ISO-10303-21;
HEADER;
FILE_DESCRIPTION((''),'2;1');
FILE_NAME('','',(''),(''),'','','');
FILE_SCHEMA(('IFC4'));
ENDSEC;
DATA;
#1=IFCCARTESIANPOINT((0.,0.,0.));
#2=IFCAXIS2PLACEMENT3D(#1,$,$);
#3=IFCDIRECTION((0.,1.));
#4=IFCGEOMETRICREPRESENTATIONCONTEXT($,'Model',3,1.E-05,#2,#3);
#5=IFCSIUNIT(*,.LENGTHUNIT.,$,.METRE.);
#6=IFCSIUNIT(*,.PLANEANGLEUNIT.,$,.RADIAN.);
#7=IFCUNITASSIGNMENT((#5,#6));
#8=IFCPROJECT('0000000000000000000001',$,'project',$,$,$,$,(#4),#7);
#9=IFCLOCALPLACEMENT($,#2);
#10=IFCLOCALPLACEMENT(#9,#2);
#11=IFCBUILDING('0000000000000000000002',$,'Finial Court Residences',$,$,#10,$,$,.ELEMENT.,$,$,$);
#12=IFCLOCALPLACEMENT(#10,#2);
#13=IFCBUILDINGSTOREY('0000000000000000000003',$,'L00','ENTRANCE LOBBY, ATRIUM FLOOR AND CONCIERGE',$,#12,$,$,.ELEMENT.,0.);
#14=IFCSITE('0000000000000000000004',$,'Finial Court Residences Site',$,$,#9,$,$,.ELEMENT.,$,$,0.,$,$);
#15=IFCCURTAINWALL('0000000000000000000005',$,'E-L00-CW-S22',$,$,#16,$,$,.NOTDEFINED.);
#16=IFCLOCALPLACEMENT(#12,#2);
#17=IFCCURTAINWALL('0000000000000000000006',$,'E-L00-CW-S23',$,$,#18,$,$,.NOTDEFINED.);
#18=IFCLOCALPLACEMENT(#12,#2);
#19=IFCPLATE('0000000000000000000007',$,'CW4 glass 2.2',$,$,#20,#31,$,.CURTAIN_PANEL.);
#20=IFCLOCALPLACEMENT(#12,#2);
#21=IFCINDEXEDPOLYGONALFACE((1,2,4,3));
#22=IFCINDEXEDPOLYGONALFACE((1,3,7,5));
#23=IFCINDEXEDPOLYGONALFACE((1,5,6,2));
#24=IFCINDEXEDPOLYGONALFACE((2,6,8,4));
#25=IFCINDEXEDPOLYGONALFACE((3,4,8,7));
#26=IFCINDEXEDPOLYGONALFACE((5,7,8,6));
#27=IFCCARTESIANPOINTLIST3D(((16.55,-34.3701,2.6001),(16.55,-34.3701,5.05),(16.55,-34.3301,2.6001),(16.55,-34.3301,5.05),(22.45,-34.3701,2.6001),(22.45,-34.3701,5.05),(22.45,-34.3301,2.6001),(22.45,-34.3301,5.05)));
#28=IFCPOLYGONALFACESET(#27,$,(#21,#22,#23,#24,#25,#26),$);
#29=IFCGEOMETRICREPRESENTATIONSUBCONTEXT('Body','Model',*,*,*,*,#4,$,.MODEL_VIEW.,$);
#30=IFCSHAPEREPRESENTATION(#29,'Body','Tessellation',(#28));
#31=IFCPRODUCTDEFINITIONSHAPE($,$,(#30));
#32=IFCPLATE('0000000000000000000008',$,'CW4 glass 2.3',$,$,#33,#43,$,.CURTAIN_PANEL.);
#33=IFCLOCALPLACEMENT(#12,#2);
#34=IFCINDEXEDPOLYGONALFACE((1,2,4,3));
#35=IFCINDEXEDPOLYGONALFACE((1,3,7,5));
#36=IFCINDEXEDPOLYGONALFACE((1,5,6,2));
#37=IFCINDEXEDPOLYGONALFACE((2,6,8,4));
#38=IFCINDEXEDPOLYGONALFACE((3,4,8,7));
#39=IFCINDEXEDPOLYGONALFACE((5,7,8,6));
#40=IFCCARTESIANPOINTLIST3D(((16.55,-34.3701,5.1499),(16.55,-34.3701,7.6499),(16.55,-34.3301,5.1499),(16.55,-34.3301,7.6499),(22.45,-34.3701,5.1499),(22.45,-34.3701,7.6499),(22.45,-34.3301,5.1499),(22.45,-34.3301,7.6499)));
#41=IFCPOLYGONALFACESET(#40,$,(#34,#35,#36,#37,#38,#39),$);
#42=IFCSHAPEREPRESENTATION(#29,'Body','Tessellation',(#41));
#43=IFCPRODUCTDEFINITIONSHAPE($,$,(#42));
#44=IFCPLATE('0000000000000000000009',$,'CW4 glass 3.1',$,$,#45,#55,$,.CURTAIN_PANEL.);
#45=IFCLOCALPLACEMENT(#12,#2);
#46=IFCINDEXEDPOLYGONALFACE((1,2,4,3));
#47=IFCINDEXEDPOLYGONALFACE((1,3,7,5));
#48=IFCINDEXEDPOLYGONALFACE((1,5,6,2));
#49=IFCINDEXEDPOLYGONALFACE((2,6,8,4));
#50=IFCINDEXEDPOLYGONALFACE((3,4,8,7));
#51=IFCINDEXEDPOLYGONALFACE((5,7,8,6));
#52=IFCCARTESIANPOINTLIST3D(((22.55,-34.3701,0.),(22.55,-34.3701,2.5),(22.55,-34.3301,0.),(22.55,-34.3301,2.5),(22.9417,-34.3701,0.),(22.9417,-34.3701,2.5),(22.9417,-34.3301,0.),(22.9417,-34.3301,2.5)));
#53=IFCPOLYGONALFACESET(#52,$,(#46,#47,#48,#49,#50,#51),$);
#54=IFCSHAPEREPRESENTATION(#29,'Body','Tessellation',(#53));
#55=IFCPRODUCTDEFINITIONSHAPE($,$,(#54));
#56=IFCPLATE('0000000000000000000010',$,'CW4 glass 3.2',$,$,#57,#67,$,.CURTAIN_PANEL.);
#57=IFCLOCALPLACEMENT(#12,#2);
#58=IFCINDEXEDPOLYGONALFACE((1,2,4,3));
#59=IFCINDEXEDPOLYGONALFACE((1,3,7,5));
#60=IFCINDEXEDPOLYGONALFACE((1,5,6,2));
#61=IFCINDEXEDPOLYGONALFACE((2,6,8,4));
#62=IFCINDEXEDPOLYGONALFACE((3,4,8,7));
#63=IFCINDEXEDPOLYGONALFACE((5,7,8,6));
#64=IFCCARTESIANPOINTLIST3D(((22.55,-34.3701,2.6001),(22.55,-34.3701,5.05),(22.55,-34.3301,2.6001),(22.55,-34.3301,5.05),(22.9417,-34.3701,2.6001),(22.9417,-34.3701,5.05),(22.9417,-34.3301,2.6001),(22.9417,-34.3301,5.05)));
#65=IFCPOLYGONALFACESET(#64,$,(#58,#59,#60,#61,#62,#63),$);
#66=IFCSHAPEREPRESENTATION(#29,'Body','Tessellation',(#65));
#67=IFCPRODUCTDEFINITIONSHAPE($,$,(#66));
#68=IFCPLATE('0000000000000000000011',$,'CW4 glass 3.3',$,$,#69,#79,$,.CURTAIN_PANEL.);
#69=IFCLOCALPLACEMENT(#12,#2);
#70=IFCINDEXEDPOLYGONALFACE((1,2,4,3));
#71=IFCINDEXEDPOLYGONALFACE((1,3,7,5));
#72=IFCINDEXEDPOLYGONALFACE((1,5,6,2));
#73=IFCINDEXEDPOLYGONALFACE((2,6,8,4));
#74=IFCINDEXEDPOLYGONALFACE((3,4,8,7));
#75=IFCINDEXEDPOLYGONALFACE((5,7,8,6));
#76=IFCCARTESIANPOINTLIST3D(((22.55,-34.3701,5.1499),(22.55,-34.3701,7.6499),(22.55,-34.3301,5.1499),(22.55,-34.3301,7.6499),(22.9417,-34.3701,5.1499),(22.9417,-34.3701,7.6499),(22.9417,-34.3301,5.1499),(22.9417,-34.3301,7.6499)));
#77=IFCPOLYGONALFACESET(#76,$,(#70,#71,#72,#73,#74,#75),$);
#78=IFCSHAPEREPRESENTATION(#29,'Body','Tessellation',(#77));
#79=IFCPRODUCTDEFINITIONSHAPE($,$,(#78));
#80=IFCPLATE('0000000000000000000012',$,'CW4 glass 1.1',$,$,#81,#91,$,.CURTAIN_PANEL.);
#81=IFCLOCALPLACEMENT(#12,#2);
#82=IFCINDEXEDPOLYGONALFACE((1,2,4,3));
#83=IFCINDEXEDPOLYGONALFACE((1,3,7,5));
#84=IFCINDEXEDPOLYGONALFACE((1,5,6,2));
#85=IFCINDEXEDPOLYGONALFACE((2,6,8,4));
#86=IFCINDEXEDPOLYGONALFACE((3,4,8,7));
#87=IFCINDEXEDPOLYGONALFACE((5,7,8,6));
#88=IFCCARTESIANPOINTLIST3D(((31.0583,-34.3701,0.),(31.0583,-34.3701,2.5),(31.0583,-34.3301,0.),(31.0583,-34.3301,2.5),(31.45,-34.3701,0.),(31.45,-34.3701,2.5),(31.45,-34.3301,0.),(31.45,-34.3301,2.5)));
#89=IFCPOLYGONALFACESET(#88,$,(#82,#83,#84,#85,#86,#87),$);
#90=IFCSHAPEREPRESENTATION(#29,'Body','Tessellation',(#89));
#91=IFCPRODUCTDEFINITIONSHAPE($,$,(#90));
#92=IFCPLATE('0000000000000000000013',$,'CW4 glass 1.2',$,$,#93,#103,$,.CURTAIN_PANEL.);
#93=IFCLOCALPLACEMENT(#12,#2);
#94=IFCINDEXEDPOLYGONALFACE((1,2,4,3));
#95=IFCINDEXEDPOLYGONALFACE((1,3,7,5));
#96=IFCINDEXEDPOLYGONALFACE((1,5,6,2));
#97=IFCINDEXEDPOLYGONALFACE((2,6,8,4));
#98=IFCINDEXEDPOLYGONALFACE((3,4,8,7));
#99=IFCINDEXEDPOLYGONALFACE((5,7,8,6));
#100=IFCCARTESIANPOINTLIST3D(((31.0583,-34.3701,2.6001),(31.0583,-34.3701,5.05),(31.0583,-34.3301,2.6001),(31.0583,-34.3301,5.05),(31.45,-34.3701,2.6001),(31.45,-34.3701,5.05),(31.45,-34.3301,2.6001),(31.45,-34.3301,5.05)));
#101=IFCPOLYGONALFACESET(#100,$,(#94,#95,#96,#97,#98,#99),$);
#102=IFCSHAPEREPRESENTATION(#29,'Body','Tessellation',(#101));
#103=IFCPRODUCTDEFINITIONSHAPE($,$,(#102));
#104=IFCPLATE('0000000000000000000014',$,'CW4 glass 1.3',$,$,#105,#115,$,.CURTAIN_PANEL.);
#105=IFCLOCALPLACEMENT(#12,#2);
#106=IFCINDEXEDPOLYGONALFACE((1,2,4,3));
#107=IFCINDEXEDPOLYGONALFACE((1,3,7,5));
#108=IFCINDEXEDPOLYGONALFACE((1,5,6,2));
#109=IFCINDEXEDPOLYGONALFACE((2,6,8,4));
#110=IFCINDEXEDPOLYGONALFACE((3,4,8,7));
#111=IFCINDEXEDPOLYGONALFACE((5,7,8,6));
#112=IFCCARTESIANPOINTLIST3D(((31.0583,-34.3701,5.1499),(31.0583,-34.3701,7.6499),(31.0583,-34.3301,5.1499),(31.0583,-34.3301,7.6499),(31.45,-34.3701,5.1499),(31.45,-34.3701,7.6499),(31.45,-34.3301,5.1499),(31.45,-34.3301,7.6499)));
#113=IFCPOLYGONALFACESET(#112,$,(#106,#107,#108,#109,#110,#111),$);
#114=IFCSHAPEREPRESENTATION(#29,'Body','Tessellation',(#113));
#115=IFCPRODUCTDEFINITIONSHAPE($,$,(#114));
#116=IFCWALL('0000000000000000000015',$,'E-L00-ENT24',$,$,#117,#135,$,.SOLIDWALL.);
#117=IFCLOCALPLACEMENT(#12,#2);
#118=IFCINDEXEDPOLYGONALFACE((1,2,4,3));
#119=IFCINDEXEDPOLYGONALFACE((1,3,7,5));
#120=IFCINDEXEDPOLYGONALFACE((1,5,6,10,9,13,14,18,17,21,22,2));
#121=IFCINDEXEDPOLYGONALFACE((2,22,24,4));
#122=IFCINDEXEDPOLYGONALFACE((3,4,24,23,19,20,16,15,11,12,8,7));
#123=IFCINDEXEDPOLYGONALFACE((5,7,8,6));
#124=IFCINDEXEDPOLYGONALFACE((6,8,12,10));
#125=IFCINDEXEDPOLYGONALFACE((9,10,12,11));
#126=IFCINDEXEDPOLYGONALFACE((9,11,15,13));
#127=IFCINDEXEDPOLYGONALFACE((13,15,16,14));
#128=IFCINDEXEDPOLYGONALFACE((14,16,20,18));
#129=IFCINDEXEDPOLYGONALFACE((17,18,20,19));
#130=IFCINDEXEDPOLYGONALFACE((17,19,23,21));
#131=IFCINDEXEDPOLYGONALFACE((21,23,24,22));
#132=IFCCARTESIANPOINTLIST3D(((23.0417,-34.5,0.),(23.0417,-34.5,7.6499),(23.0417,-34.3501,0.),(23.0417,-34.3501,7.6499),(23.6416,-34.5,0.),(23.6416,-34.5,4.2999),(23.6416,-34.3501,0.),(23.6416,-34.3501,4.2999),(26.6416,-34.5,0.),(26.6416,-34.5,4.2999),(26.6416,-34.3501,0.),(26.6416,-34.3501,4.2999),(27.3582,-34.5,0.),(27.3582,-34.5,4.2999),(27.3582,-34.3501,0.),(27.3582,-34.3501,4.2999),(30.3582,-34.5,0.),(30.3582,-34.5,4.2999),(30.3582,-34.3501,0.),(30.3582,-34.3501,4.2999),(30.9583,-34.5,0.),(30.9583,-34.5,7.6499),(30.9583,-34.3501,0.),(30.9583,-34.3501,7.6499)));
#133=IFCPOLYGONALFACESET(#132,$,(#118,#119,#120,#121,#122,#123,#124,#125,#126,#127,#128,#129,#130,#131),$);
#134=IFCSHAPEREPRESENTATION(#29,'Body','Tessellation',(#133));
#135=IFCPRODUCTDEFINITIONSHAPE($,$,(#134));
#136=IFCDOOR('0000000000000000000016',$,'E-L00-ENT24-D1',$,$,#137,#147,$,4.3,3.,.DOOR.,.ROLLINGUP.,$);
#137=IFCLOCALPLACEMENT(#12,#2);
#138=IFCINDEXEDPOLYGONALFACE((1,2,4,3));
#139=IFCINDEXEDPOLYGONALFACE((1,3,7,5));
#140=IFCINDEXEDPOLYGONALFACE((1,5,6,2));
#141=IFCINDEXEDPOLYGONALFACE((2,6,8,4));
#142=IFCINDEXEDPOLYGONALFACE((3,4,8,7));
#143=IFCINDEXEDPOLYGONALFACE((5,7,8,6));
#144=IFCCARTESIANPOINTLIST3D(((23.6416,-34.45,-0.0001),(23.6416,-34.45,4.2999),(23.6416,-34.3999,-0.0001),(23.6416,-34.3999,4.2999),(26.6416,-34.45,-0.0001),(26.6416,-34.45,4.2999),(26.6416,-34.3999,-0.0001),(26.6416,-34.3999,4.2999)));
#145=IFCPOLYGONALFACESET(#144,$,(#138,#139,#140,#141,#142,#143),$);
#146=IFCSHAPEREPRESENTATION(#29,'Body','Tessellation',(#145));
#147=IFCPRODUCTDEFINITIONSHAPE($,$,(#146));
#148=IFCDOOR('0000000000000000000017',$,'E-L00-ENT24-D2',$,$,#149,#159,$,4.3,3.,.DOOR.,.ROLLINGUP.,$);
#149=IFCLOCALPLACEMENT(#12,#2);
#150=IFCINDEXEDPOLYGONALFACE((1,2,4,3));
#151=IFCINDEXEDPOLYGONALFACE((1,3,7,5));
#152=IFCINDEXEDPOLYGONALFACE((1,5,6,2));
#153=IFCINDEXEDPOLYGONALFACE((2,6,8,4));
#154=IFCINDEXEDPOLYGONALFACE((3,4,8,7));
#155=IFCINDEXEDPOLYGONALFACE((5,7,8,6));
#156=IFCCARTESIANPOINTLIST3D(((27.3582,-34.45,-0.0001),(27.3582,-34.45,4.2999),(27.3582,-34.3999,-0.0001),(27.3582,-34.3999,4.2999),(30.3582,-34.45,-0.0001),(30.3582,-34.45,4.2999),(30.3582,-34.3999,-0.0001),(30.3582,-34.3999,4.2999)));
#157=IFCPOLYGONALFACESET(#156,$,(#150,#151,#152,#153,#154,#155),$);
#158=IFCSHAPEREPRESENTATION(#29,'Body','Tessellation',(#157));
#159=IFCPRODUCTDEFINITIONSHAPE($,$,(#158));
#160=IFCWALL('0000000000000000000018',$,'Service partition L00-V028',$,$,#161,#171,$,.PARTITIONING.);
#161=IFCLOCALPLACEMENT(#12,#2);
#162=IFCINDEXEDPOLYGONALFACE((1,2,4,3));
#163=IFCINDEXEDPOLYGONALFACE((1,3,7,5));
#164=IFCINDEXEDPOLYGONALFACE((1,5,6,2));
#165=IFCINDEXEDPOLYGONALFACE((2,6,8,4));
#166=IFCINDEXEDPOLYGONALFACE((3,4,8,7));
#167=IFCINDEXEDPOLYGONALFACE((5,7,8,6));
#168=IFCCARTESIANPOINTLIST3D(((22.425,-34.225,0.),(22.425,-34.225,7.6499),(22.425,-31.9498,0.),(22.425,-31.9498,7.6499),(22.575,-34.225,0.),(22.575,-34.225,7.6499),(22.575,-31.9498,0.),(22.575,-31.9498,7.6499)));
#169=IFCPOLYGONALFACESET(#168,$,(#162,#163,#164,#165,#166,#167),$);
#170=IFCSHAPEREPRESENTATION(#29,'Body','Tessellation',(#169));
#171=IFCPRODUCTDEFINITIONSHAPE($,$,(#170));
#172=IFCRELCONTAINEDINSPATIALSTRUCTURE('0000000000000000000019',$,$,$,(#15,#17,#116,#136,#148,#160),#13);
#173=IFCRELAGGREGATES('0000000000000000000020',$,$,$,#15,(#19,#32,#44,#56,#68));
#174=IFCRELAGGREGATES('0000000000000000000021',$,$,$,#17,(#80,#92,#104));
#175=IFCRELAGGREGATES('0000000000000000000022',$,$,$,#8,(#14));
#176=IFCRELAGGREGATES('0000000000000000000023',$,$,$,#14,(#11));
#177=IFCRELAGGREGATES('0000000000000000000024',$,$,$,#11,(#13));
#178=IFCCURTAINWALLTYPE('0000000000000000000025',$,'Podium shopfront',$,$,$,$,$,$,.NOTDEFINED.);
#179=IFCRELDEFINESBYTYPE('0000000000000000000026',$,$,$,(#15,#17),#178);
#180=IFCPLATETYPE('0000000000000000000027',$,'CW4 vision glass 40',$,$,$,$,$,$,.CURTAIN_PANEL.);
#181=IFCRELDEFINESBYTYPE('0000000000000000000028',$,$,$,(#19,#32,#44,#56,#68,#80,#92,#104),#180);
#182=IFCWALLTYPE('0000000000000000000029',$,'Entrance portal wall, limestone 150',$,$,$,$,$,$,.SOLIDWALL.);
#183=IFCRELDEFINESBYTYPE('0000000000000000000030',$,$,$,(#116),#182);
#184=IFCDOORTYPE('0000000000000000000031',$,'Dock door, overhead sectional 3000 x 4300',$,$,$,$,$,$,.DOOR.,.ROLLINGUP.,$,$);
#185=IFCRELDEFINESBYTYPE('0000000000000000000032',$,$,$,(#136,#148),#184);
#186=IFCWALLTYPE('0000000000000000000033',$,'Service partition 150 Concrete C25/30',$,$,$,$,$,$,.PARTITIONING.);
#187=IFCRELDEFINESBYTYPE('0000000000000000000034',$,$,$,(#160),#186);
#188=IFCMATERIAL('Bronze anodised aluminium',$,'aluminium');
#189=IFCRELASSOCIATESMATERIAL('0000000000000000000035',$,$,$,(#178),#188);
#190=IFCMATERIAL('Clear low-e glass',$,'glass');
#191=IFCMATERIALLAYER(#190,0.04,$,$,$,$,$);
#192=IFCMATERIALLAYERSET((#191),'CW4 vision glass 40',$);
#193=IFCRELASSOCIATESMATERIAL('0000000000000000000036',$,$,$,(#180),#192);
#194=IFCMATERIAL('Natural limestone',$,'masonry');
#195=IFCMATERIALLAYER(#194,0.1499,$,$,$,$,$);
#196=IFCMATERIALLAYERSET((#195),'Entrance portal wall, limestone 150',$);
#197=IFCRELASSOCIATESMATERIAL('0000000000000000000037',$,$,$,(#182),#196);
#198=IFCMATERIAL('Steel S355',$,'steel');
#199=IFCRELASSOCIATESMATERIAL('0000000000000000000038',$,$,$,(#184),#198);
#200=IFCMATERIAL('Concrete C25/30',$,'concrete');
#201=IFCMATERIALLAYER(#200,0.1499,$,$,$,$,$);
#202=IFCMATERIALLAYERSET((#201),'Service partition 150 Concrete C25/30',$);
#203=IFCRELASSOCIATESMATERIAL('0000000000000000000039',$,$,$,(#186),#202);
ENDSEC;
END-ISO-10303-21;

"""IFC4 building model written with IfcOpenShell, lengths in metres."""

from ifc_helpers import new_model, si_unit, direction, frame, frame_2d, origin, origin_2d, place, context, subcontext, project, spatial, rectangle, extrude, material, layer, layer_set, type_object, element, fill, aggregate, save


model = new_model("IFC4")

# Units and contexts
model_context = context("Model", 3, precision=1e-05, world=origin(), true_north=direction((0.0, 1.0)))
body_context = subcontext(model_context, "Body", "Model", "MODEL_VIEW")
ifc_project = project(units=[si_unit("LENGTHUNIT", "METRE"), si_unit("PLANEANGLEUNIT", "RADIAN")], contexts=[model_context])

# Site, building, storey
site_placement = place(None, origin())
site = spatial("IfcSite", under=ifc_project, at=site_placement, Name="Finial Court Residences Site", CompositionType="ELEMENT", RefElevation=0.0)
building_placement = place(site_placement, origin())
building = spatial("IfcBuilding", under=site, at=building_placement, Name="Finial Court Residences", CompositionType="ELEMENT")
storey_placement = place(building_placement, origin())
storey = spatial("IfcBuildingStorey", under=building, at=storey_placement, Name="L00", Description="ENTRANCE LOBBY, ATRIUM FLOOR AND CONCIERGE", CompositionType="ELEMENT", Elevation=0.0)

# Curtain walls
ifc_material_1 = material(Name="Bronze anodised aluminium", Category="aluminium")
curtain_wall_type = type_object("IfcCurtainWallType", Name="Podium shopfront", PredefinedType="NOTDEFINED", material=ifc_material_1)
curtain_wall_1_placement = place(storey_placement, origin())
curtain_wall_1 = element("IfcCurtainWall", 1, at=curtain_wall_1_placement, inside=storey, type_object=curtain_wall_type, Name="E-L00-CW-S22", PredefinedType="NOTDEFINED")
curtain_wall_2_placement = place(storey_placement, origin())
curtain_wall_2 = element("IfcCurtainWall", 2, at=curtain_wall_2_placement, inside=storey, type_object=curtain_wall_type, Name="E-L00-CW-S23", PredefinedType="NOTDEFINED")

# Plates
ifc_material_2 = material(Name="Clear low-e glass", Category="glass")
ifc_layer_1 = layer(ifc_material_2, 0.04)
ifc_layer_set_1 = layer_set([ifc_layer_1], Name="CW4 vision glass 40")
plate_type = type_object("IfcPlateType", Name="CW4 vision glass 40", PredefinedType="CURTAIN_PANEL", material=ifc_layer_set_1)
plate_1_placement = place(storey_placement, frame((19.5, -34.3501, 2.6001), z_axis=(0.0, 0.0, 1.0), x_axis=(1.0, 0.0, 0.0)))
plate_1 = element("IfcPlate", 3, at=plate_1_placement, type_object=plate_type, Name="CW4 glass 2.2", PredefinedType="CURTAIN_PANEL", context=body_context, shape_type="SweptSolid", body=[
    extrude(rectangle(XDim=5.8999, YDim=0.04, at=origin_2d()), origin(), (0.0, 0.0, 1.0), 2.45),
])
plate_2_placement = place(storey_placement, frame((19.5, -34.3501, 5.1499), z_axis=(0.0, 0.0, 1.0), x_axis=(1.0, 0.0, 0.0)))
plate_2 = element("IfcPlate", 4, at=plate_2_placement, type_object=plate_type, Name="CW4 glass 2.3", PredefinedType="CURTAIN_PANEL", context=body_context, shape_type="SweptSolid", body=[
    extrude(rectangle(XDim=5.8999, YDim=0.04, at=origin_2d()), origin(), (0.0, 0.0, 1.0), 2.5),
])
plate_3_placement = place(storey_placement, frame((22.7458, -34.3501, 0.0), z_axis=(0.0, 0.0, 1.0), x_axis=(1.0, 0.0, 0.0)))
plate_3 = element("IfcPlate", 5, at=plate_3_placement, type_object=plate_type, Name="CW4 glass 3.1", PredefinedType="CURTAIN_PANEL", context=body_context, shape_type="SweptSolid", body=[
    extrude(rectangle(XDim=0.3916, YDim=0.04, at=origin_2d()), origin(), (0.0, 0.0, 1.0), 2.5),
])
plate_4_placement = place(storey_placement, frame((22.7458, -34.3501, 2.6001), z_axis=(0.0, 0.0, 1.0), x_axis=(1.0, 0.0, 0.0)))
plate_4 = element("IfcPlate", 6, at=plate_4_placement, type_object=plate_type, Name="CW4 glass 3.2", PredefinedType="CURTAIN_PANEL", context=body_context, shape_type="SweptSolid", body=[
    extrude(rectangle(XDim=0.3916, YDim=0.04, at=origin_2d()), origin(), (0.0, 0.0, 1.0), 2.45),
])
plate_5_placement = place(storey_placement, frame((22.7458, -34.3501, 5.1499), z_axis=(0.0, 0.0, 1.0), x_axis=(1.0, 0.0, 0.0)))
plate_5 = element("IfcPlate", 7, at=plate_5_placement, type_object=plate_type, Name="CW4 glass 3.3", PredefinedType="CURTAIN_PANEL", context=body_context, shape_type="SweptSolid", body=[
    extrude(rectangle(XDim=0.3916, YDim=0.04, at=origin_2d()), origin(), (0.0, 0.0, 1.0), 2.5),
])
aggregate(curtain_wall_1, [plate_1, plate_2, plate_3, plate_4, plate_5])
plate_6_placement = place(storey_placement, frame((31.2542, -34.3501, 0.0), z_axis=(0.0, 0.0, 1.0), x_axis=(1.0, 0.0, 0.0)))
plate_6 = element("IfcPlate", 8, at=plate_6_placement, type_object=plate_type, Name="CW4 glass 1.1", PredefinedType="CURTAIN_PANEL", context=body_context, shape_type="SweptSolid", body=[
    extrude(rectangle(XDim=0.3916, YDim=0.04, at=origin_2d()), origin(), (0.0, 0.0, 1.0), 2.5),
])
plate_7_placement = place(storey_placement, frame((31.2542, -34.3501, 2.6001), z_axis=(0.0, 0.0, 1.0), x_axis=(1.0, 0.0, 0.0)))
plate_7 = element("IfcPlate", 9, at=plate_7_placement, type_object=plate_type, Name="CW4 glass 1.2", PredefinedType="CURTAIN_PANEL", context=body_context, shape_type="SweptSolid", body=[
    extrude(rectangle(XDim=0.3916, YDim=0.04, at=origin_2d()), origin(), (0.0, 0.0, 1.0), 2.45),
])
plate_8_placement = place(storey_placement, frame((31.2542, -34.3501, 5.1499), z_axis=(0.0, 0.0, 1.0), x_axis=(1.0, 0.0, 0.0)))
plate_8 = element("IfcPlate", 10, at=plate_8_placement, type_object=plate_type, Name="CW4 glass 1.3", PredefinedType="CURTAIN_PANEL", context=body_context, shape_type="SweptSolid", body=[
    extrude(rectangle(XDim=0.3916, YDim=0.04, at=origin_2d()), origin(), (0.0, 0.0, 1.0), 2.5),
])
aggregate(curtain_wall_2, [plate_6, plate_7, plate_8])

# Wall, openings, doors
ifc_material_3 = material(Name="Natural limestone", Category="masonry")
ifc_layer_2 = layer(ifc_material_3, 0.1499)
ifc_layer_set_2 = layer_set([ifc_layer_2], Name="Entrance portal wall, limestone 150")
wall_type_1 = type_object("IfcWallType", Name="Entrance portal wall, limestone 150", PredefinedType="SOLIDWALL", material=ifc_layer_set_2)
wall_1_placement = place(storey_placement, frame((30.9583, -34.425, 0.0), z_axis=(0.0, 0.0, 1.0), x_axis=(-1.0, 0.0, 0.0)))
wall_1 = element("IfcWall", 11, at=wall_1_placement, inside=storey, type_object=wall_type_1, Name="E-L00-ENT24", PredefinedType="SOLIDWALL", context=body_context, shape_type="SweptSolid", body=[
    extrude(rectangle(XDim=7.9165, YDim=0.1499, at=frame_2d((3.9583, 0.0))), origin(), (0.0, 0.0, 1.0), 7.6499),
])
opening_1_placement = place(wall_1_placement, frame((4.3167, 0.0, 0.0)))
opening_1 = element("IfcOpeningElement", 12, at=opening_1_placement, cuts=wall_1, PredefinedType="OPENING", context=body_context, shape_type="SweptSolid", body=[
    extrude(rectangle(XDim=3.0, YDim=4.3, at=frame_2d((1.5, 2.1499))), frame((0.0, 0.085, 0.0), z_axis=(0.0, -1.0, 0.0), x_axis=(1.0, 0.0, 0.0)), (0.0, 0.0, 1.0), 0.1699),
])
opening_2_placement = place(wall_1_placement, frame((0.6001, 0.0, 0.0)))
opening_2 = element("IfcOpeningElement", 13, at=opening_2_placement, cuts=wall_1, PredefinedType="OPENING", context=body_context, shape_type="SweptSolid", body=[
    extrude(rectangle(XDim=3.0, YDim=4.3, at=frame_2d((1.5, 2.1499))), frame((0.0, 0.085, 0.0), z_axis=(0.0, -1.0, 0.0), x_axis=(1.0, 0.0, 0.0)), (0.0, 0.0, 1.0), 0.1699),
])
ifc_material_4 = material(Name="Steel S355", Category="steel")
door_type = type_object("IfcDoorType", Name="Dock door, overhead sectional 3000 x 4300", OperationType="ROLLINGUP", PredefinedType="DOOR", material=ifc_material_4)
door_1_placement = place(opening_1_placement, origin())
door_1 = element("IfcDoor", 14, at=door_1_placement, inside=storey, type_object=door_type, Name="E-L00-ENT24-D1", OperationType="ROLLINGUP", OverallHeight=4.3, OverallWidth=3.0, PredefinedType="DOOR", context=body_context, shape_type="SweptSolid", body=[
    extrude(rectangle(XDim=3.0, YDim=4.3, at=frame_2d((1.5, 2.1499))), frame((0.0, 0.0249, 0.0), z_axis=(0.0, -1.0, 0.0), x_axis=(1.0, 0.0, 0.0)), (0.0, 0.0, 1.0), 0.05),
])
fill(opening_1, door_1)
door_2_placement = place(opening_2_placement, origin())
door_2 = element("IfcDoor", 15, at=door_2_placement, inside=storey, type_object=door_type, Name="E-L00-ENT24-D2", OperationType="ROLLINGUP", OverallHeight=4.3, OverallWidth=3.0, PredefinedType="DOOR", context=body_context, shape_type="SweptSolid", body=[
    extrude(rectangle(XDim=3.0, YDim=4.3, at=frame_2d((1.5, 2.1499))), frame((0.0, 0.0249, 0.0), z_axis=(0.0, -1.0, 0.0), x_axis=(1.0, 0.0, 0.0)), (0.0, 0.0, 1.0), 0.05),
])
fill(opening_2, door_2)

# Wall
ifc_material_5 = material(Name="Concrete C25/30", Category="concrete")
ifc_layer_3 = layer(ifc_material_5, 0.1499)
ifc_layer_set_3 = layer_set([ifc_layer_3], Name="Service partition 150 Concrete C25/30")
wall_type_2 = type_object("IfcWallType", Name="Service partition 150 Concrete C25/30", PredefinedType="PARTITIONING", material=ifc_layer_set_3)
wall_2_placement = place(storey_placement, frame((22.5, -34.2251, 0.0), z_axis=(0.0, 0.0, 1.0), x_axis=(0.0, 1.0, 0.0)))
element("IfcWall", 16, at=wall_2_placement, inside=storey, type_object=wall_type_2, Name="Service partition L00-V028", PredefinedType="PARTITIONING", context=body_context, shape_type="SweptSolid", body=[
    extrude(rectangle(XDim=2.2751, YDim=0.1499, at=frame_2d((1.1377, 0.0))), origin(), (0.0, 0.0, 1.0), 7.6499),
])

save(model, "model.ifc")
